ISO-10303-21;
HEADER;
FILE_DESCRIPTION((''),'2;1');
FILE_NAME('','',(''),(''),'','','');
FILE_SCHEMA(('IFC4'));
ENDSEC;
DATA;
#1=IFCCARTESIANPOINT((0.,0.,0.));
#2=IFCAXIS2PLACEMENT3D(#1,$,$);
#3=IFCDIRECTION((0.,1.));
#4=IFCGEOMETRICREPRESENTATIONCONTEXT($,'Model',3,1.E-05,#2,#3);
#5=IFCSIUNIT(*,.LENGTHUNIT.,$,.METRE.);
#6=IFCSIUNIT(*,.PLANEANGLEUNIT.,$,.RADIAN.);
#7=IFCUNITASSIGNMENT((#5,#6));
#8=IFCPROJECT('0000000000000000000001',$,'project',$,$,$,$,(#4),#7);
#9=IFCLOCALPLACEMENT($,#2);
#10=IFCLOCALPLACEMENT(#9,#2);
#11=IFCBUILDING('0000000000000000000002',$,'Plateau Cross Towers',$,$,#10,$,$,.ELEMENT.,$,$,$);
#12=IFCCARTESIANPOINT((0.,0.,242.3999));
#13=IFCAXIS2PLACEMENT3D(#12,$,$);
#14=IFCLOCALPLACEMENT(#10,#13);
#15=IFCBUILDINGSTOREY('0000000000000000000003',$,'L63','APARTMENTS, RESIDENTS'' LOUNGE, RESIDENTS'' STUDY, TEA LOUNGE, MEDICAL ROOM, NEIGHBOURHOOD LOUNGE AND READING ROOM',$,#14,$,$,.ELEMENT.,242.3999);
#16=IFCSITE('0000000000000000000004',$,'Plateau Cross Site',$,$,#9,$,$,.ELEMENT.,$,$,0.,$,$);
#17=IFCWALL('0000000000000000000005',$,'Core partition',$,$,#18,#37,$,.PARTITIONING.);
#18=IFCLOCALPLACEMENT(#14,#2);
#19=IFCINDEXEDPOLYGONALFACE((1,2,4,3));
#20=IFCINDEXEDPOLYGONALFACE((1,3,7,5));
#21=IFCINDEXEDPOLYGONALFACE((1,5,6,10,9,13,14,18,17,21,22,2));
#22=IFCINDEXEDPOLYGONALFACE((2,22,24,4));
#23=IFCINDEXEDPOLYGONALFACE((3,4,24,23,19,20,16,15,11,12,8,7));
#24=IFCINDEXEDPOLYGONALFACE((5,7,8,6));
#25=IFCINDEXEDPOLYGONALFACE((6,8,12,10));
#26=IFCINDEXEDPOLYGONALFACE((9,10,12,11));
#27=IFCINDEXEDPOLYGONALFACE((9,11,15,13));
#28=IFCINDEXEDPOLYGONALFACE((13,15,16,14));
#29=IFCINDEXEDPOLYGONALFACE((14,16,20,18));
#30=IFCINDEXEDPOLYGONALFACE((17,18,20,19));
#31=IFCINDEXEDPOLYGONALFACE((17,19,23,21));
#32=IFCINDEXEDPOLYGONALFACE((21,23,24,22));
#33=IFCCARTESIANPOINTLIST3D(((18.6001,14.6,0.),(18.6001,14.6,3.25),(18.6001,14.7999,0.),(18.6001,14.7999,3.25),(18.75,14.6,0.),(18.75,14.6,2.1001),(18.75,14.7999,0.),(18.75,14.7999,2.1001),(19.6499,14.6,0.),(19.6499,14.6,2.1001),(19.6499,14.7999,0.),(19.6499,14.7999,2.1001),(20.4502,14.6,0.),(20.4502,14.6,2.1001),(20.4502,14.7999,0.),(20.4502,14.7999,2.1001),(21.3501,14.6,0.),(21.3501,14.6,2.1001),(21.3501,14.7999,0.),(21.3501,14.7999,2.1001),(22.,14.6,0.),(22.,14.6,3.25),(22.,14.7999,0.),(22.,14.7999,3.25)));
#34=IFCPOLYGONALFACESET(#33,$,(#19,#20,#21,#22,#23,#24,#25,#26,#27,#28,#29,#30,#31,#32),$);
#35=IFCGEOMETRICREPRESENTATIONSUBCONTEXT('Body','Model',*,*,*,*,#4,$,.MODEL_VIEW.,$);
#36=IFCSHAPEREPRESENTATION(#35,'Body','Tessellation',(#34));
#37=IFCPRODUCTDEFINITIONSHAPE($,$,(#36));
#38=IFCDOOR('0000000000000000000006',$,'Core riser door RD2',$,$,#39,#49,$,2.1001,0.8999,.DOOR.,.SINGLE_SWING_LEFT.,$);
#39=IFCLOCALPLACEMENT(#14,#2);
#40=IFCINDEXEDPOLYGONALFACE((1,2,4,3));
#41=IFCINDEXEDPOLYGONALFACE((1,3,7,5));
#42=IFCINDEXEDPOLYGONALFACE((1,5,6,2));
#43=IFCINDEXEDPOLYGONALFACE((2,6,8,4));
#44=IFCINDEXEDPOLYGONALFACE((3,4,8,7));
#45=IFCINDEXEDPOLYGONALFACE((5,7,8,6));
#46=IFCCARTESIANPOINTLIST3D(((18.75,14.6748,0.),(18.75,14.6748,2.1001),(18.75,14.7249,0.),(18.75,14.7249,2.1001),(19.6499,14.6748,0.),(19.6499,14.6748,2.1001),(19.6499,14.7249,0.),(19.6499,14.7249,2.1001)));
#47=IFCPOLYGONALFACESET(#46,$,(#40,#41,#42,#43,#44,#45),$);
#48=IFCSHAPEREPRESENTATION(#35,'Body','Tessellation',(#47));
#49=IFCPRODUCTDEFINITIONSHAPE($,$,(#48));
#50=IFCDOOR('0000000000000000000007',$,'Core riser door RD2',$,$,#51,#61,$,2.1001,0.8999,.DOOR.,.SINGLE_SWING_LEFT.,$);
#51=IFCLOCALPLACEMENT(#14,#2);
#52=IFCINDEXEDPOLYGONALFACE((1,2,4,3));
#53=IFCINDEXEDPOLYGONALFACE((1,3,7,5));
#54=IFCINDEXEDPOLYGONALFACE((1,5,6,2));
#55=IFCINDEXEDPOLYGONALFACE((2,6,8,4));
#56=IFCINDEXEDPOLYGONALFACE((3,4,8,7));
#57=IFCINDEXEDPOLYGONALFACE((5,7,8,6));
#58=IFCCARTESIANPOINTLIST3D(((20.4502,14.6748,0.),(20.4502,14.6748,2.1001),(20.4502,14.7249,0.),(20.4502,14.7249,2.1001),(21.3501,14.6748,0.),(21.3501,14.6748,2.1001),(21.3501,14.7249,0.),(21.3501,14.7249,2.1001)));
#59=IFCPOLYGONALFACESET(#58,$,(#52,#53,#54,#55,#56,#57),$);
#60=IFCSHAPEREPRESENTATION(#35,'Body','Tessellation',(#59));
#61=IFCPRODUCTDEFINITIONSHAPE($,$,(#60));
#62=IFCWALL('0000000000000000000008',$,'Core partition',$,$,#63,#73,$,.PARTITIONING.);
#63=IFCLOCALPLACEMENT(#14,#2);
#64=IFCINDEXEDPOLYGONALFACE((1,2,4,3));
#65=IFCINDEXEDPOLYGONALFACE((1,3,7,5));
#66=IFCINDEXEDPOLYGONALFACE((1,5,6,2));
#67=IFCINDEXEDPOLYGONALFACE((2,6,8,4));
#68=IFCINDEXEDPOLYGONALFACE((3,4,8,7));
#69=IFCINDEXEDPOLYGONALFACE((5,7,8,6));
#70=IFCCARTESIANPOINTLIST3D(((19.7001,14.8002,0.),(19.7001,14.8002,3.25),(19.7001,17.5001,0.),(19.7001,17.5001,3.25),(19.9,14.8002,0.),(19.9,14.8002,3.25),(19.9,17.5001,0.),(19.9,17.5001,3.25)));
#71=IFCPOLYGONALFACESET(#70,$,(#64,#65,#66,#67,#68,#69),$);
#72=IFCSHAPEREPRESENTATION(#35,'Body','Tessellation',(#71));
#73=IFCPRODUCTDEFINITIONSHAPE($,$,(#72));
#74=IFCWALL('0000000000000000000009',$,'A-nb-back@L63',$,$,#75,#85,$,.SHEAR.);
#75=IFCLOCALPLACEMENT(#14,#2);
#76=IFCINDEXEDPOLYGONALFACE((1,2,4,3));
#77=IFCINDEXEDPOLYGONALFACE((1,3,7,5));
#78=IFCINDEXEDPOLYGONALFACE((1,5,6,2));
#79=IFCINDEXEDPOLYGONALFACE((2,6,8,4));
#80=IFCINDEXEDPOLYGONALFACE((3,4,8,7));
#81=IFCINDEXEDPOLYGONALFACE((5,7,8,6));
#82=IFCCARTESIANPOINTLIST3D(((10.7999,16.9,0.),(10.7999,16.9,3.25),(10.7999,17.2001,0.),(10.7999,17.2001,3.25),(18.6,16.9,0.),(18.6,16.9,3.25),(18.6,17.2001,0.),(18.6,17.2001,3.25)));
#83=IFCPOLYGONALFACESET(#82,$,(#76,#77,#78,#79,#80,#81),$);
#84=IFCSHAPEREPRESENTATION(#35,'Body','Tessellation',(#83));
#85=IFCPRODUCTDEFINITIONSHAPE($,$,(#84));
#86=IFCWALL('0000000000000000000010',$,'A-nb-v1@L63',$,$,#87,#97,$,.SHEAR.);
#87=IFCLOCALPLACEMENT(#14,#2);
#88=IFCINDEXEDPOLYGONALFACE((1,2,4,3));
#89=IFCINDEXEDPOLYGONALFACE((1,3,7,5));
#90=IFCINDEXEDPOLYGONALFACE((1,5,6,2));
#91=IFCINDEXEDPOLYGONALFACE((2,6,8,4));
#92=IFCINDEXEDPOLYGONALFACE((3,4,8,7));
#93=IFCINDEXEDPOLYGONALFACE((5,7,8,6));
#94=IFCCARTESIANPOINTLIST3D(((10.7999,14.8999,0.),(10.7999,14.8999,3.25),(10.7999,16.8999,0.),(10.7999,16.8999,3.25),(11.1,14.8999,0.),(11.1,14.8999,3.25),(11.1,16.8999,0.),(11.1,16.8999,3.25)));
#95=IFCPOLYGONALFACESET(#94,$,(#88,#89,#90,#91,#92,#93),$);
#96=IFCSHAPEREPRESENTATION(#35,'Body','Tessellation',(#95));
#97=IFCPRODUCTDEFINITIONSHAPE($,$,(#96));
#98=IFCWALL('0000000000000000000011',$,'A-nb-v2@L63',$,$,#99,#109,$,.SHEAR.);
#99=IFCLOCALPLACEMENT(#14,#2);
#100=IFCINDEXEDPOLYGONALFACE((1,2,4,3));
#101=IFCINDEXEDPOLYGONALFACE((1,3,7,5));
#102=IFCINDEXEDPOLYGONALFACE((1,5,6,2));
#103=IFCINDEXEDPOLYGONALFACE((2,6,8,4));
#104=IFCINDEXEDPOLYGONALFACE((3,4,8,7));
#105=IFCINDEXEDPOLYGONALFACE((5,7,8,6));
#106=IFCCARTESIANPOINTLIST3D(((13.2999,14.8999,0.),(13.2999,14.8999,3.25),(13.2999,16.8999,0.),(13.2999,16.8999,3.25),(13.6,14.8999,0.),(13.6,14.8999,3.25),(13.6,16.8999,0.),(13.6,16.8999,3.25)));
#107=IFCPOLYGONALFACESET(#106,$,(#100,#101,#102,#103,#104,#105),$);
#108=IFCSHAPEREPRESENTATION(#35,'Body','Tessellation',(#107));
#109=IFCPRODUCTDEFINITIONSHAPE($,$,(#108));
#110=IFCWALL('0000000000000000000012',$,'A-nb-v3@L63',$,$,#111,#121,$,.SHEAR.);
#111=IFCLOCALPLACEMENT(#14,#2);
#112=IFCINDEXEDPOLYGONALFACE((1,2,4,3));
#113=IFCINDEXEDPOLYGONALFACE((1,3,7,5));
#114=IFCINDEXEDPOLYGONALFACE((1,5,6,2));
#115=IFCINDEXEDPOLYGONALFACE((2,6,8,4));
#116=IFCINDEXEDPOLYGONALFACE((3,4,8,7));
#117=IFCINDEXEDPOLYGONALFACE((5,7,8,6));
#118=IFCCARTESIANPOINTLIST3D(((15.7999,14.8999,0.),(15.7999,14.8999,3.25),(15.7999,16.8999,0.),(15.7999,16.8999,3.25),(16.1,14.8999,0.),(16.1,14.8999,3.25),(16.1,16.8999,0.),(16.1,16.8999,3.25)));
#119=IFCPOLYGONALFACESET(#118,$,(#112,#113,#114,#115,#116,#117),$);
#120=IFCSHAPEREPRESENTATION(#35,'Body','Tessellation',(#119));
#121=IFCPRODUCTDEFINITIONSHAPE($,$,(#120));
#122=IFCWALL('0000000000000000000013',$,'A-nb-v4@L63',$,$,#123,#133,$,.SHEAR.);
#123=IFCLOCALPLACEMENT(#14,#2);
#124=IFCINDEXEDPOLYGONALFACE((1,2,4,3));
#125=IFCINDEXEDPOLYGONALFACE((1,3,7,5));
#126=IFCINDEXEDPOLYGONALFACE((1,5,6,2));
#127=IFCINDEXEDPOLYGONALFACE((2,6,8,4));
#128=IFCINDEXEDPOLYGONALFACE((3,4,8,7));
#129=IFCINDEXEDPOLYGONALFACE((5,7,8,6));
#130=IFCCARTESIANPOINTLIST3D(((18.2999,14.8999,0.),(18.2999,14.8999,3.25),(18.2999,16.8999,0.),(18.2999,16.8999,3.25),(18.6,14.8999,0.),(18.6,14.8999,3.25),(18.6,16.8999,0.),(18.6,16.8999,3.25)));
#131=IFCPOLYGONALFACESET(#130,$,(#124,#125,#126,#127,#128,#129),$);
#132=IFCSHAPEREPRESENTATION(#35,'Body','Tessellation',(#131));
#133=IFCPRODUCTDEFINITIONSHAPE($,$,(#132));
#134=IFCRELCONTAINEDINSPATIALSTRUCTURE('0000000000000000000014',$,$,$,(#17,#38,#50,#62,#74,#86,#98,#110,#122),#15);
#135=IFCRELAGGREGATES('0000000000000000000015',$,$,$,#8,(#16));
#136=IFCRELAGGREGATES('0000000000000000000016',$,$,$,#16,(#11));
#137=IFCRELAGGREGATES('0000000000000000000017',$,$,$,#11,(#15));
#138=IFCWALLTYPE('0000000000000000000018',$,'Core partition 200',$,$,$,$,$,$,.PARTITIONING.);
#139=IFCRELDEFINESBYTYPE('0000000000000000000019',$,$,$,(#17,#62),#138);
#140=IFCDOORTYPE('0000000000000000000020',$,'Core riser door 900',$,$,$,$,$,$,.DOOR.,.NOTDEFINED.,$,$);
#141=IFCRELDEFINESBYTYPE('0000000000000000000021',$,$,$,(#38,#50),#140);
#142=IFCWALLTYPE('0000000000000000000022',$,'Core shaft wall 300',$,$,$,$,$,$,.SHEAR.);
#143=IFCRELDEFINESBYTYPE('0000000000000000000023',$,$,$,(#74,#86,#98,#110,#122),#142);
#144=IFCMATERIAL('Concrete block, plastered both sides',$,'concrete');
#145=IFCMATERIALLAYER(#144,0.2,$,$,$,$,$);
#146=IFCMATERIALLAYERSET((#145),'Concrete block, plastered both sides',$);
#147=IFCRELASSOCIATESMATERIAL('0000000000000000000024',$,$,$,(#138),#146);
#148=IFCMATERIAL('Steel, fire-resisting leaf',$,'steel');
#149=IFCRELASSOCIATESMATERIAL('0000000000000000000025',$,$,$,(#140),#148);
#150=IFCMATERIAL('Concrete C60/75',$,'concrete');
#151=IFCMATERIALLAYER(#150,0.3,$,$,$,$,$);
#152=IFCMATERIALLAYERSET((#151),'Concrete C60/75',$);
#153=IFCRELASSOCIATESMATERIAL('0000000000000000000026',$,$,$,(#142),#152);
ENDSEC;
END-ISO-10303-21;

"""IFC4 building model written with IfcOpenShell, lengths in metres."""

from ifc_helpers import new_model, si_unit, direction, frame, frame_2d, origin, place, context, subcontext, project, spatial, rectangle, extrude, material, layer, layer_set, type_object, element, fill, save


model = new_model("IFC4")

# Units and contexts
model_context = context("Model", 3, precision=1e-05, world=origin(), true_north=direction((0.0, 1.0)))
body_context = subcontext(model_context, "Body", "Model", "MODEL_VIEW")
ifc_project = project(units=[si_unit("LENGTHUNIT", "METRE"), si_unit("PLANEANGLEUNIT", "RADIAN")], contexts=[model_context])

# Site, building, storey
site_placement = place(None, origin())
site = spatial("IfcSite", under=ifc_project, at=site_placement, Name="Plateau Cross Site", CompositionType="ELEMENT", RefElevation=0.0)
building_placement = place(site_placement, origin())
building = spatial("IfcBuilding", under=site, at=building_placement, Name="Plateau Cross Towers", CompositionType="ELEMENT")
storey_placement = place(building_placement, frame((0.0, 0.0, 242.3999)))
storey = spatial("IfcBuildingStorey", under=building, at=storey_placement, Name="L63", Description="APARTMENTS, RESIDENTS' LOUNGE, RESIDENTS' STUDY, TEA LOUNGE, MEDICAL ROOM, NEIGHBOURHOOD LOUNGE AND READING ROOM", CompositionType="ELEMENT", Elevation=242.3999)

# Shared definitions
ifc_material_1 = material(Name="Concrete C60/75", Category="concrete")

# Shared definitions
ifc_material_2 = material(Name="Concrete block, plastered both sides", Category="concrete")
ifc_layer_1 = layer(ifc_material_2, 0.2)
ifc_layer_set_1 = layer_set([ifc_layer_1], Name="Concrete block, plastered both sides")
wall_type_1 = type_object("IfcWallType", Name="Core partition 200", PredefinedType="PARTITIONING", material=ifc_layer_set_1)

# Wall, openings, doors
wall_1_placement = place(storey_placement, frame((18.6001, 14.7, 0.0), z_axis=(0.0, 0.0, 1.0), x_axis=(1.0, 0.0, 0.0)))
wall_1 = element("IfcWall", 1, at=wall_1_placement, inside=storey, type_object=wall_type_1, Name="Core partition", PredefinedType="PARTITIONING", context=body_context, shape_type="SweptSolid", body=[
    extrude(rectangle(XDim=3.3999, YDim=0.2, at=frame_2d((1.7, 0.0))), origin(), (0.0, 0.0, 1.0), 3.25),
])
opening_1_placement = place(wall_1_placement, frame((0.1499, 0.0, 0.0)))
opening_1 = element("IfcOpeningElement", 2, at=opening_1_placement, cuts=wall_1, PredefinedType="OPENING", context=body_context, shape_type="SweptSolid", body=[
    extrude(rectangle(XDim=0.8999, YDim=2.1001, at=frame_2d((0.45, 1.05))), frame((0.0, 0.1099, 0.0), z_axis=(0.0, -1.0, 0.0), x_axis=(1.0, 0.0, 0.0)), (0.0, 0.0, 1.0), 0.22),
])
opening_2_placement = place(wall_1_placement, frame((1.8501, 0.0, 0.0)))
opening_2 = element("IfcOpeningElement", 3, at=opening_2_placement, cuts=wall_1, PredefinedType="OPENING", context=body_context, shape_type="SweptSolid", body=[
    extrude(rectangle(XDim=0.8999, YDim=2.1001, at=frame_2d((0.45, 1.05))), frame((0.0, 0.1099, 0.0), z_axis=(0.0, -1.0, 0.0), x_axis=(1.0, 0.0, 0.0)), (0.0, 0.0, 1.0), 0.22),
])
ifc_material_3 = material(Name="Steel, fire-resisting leaf", Category="steel")
door_type_1 = type_object("IfcDoorType", Name="Core riser door 900", OperationType="NOTDEFINED", PredefinedType="DOOR", material=ifc_material_3)
door_1_placement = place(opening_1_placement, origin())
door_1 = element("IfcDoor", 4, at=door_1_placement, inside=storey, type_object=door_type_1, Name="Core riser door RD2", OperationType="SINGLE_SWING_LEFT", OverallHeight=2.1001, OverallWidth=0.8999, PredefinedType="DOOR", context=body_context, shape_type="SweptSolid", body=[
    extrude(rectangle(XDim=0.8999, YDim=2.1001, at=frame_2d((0.45, 1.05))), frame((0.0, 0.0249, 0.0), z_axis=(0.0, -1.0, 0.0), x_axis=(1.0, 0.0, 0.0)), (0.0, 0.0, 1.0), 0.05),
])
fill(opening_1, door_1)
door_2_placement = place(opening_2_placement, origin())
door_2 = element("IfcDoor", 5, at=door_2_placement, inside=storey, type_object=door_type_1, Name="Core riser door RD2", OperationType="SINGLE_SWING_LEFT", OverallHeight=2.1001, OverallWidth=0.8999, PredefinedType="DOOR", context=body_context, shape_type="SweptSolid", body=[
    extrude(rectangle(XDim=0.8999, YDim=2.1001, at=frame_2d((0.45, 1.05))), frame((0.0, 0.0249, 0.0), z_axis=(0.0, -1.0, 0.0), x_axis=(1.0, 0.0, 0.0)), (0.0, 0.0, 1.0), 0.05),
])
fill(opening_2, door_2)

# Walls
wall_2_placement = place(storey_placement, frame((19.8, 14.8, 0.0), z_axis=(0.0, 0.0, 1.0), x_axis=(0.0, 1.0, 0.0)))
element("IfcWall", 6, at=wall_2_placement, inside=storey, type_object=wall_type_1, Name="Core partition", PredefinedType="PARTITIONING", context=body_context, shape_type="SweptSolid", body=[
    extrude(rectangle(XDim=2.7, YDim=0.2, at=frame_2d((1.3501, 0.0))), origin(), (0.0, 0.0, 1.0), 3.25),
])
ifc_layer_2 = layer(ifc_material_1, 0.3)
ifc_layer_set_2 = layer_set([ifc_layer_2], Name="Concrete C60/75")
wall_type_2 = type_object("IfcWallType", Name="Core shaft wall 300", PredefinedType="SHEAR", material=ifc_layer_set_2)
wall_3_placement = place(storey_placement, frame((10.8, 17.05, 0.0), z_axis=(0.0, 0.0, 1.0), x_axis=(1.0, 0.0, 0.0)))
element("IfcWall", 7, at=wall_3_placement, inside=storey, type_object=wall_type_2, Name="A-nb-back@L63", PredefinedType="SHEAR", context=body_context, shape_type="SweptSolid", body=[
    extrude(rectangle(XDim=7.8, YDim=0.3, at=frame_2d((3.8999, 0.0))), origin(), (0.0, 0.0, 1.0), 3.25),
])
for number, where, z_axis, x_axis, name in (
    (8, (10.95, 14.8999, 0.0), (0.0, 0.0, 1.0), (0.0, 1.0, 0.0), "A-nb-v1@L63"),
    (9, (13.45, 14.8999, 0.0), (0.0, 0.0, 1.0), (0.0, 1.0, 0.0), "A-nb-v2@L63"),
    (10, (15.95, 14.8999, 0.0), (0.0, 0.0, 1.0), (0.0, 1.0, 0.0), "A-nb-v3@L63"),
    (11, (18.45, 14.8999, 0.0), (0.0, 0.0, 1.0), (0.0, 1.0, 0.0), "A-nb-v4@L63"),
):
    element("IfcWall", number, at=place(storey_placement, frame(where, z_axis=z_axis, x_axis=x_axis)), inside=storey, type_object=wall_type_2, Name=name, PredefinedType="SHEAR", context=body_context, shape_type="SweptSolid", body=[
        extrude(rectangle(XDim=2.0, YDim=0.3, at=frame_2d((1.0, 0.0))), origin(), (0.0, 0.0, 1.0), 3.25),
    ])

save(model, "model.ifc")
